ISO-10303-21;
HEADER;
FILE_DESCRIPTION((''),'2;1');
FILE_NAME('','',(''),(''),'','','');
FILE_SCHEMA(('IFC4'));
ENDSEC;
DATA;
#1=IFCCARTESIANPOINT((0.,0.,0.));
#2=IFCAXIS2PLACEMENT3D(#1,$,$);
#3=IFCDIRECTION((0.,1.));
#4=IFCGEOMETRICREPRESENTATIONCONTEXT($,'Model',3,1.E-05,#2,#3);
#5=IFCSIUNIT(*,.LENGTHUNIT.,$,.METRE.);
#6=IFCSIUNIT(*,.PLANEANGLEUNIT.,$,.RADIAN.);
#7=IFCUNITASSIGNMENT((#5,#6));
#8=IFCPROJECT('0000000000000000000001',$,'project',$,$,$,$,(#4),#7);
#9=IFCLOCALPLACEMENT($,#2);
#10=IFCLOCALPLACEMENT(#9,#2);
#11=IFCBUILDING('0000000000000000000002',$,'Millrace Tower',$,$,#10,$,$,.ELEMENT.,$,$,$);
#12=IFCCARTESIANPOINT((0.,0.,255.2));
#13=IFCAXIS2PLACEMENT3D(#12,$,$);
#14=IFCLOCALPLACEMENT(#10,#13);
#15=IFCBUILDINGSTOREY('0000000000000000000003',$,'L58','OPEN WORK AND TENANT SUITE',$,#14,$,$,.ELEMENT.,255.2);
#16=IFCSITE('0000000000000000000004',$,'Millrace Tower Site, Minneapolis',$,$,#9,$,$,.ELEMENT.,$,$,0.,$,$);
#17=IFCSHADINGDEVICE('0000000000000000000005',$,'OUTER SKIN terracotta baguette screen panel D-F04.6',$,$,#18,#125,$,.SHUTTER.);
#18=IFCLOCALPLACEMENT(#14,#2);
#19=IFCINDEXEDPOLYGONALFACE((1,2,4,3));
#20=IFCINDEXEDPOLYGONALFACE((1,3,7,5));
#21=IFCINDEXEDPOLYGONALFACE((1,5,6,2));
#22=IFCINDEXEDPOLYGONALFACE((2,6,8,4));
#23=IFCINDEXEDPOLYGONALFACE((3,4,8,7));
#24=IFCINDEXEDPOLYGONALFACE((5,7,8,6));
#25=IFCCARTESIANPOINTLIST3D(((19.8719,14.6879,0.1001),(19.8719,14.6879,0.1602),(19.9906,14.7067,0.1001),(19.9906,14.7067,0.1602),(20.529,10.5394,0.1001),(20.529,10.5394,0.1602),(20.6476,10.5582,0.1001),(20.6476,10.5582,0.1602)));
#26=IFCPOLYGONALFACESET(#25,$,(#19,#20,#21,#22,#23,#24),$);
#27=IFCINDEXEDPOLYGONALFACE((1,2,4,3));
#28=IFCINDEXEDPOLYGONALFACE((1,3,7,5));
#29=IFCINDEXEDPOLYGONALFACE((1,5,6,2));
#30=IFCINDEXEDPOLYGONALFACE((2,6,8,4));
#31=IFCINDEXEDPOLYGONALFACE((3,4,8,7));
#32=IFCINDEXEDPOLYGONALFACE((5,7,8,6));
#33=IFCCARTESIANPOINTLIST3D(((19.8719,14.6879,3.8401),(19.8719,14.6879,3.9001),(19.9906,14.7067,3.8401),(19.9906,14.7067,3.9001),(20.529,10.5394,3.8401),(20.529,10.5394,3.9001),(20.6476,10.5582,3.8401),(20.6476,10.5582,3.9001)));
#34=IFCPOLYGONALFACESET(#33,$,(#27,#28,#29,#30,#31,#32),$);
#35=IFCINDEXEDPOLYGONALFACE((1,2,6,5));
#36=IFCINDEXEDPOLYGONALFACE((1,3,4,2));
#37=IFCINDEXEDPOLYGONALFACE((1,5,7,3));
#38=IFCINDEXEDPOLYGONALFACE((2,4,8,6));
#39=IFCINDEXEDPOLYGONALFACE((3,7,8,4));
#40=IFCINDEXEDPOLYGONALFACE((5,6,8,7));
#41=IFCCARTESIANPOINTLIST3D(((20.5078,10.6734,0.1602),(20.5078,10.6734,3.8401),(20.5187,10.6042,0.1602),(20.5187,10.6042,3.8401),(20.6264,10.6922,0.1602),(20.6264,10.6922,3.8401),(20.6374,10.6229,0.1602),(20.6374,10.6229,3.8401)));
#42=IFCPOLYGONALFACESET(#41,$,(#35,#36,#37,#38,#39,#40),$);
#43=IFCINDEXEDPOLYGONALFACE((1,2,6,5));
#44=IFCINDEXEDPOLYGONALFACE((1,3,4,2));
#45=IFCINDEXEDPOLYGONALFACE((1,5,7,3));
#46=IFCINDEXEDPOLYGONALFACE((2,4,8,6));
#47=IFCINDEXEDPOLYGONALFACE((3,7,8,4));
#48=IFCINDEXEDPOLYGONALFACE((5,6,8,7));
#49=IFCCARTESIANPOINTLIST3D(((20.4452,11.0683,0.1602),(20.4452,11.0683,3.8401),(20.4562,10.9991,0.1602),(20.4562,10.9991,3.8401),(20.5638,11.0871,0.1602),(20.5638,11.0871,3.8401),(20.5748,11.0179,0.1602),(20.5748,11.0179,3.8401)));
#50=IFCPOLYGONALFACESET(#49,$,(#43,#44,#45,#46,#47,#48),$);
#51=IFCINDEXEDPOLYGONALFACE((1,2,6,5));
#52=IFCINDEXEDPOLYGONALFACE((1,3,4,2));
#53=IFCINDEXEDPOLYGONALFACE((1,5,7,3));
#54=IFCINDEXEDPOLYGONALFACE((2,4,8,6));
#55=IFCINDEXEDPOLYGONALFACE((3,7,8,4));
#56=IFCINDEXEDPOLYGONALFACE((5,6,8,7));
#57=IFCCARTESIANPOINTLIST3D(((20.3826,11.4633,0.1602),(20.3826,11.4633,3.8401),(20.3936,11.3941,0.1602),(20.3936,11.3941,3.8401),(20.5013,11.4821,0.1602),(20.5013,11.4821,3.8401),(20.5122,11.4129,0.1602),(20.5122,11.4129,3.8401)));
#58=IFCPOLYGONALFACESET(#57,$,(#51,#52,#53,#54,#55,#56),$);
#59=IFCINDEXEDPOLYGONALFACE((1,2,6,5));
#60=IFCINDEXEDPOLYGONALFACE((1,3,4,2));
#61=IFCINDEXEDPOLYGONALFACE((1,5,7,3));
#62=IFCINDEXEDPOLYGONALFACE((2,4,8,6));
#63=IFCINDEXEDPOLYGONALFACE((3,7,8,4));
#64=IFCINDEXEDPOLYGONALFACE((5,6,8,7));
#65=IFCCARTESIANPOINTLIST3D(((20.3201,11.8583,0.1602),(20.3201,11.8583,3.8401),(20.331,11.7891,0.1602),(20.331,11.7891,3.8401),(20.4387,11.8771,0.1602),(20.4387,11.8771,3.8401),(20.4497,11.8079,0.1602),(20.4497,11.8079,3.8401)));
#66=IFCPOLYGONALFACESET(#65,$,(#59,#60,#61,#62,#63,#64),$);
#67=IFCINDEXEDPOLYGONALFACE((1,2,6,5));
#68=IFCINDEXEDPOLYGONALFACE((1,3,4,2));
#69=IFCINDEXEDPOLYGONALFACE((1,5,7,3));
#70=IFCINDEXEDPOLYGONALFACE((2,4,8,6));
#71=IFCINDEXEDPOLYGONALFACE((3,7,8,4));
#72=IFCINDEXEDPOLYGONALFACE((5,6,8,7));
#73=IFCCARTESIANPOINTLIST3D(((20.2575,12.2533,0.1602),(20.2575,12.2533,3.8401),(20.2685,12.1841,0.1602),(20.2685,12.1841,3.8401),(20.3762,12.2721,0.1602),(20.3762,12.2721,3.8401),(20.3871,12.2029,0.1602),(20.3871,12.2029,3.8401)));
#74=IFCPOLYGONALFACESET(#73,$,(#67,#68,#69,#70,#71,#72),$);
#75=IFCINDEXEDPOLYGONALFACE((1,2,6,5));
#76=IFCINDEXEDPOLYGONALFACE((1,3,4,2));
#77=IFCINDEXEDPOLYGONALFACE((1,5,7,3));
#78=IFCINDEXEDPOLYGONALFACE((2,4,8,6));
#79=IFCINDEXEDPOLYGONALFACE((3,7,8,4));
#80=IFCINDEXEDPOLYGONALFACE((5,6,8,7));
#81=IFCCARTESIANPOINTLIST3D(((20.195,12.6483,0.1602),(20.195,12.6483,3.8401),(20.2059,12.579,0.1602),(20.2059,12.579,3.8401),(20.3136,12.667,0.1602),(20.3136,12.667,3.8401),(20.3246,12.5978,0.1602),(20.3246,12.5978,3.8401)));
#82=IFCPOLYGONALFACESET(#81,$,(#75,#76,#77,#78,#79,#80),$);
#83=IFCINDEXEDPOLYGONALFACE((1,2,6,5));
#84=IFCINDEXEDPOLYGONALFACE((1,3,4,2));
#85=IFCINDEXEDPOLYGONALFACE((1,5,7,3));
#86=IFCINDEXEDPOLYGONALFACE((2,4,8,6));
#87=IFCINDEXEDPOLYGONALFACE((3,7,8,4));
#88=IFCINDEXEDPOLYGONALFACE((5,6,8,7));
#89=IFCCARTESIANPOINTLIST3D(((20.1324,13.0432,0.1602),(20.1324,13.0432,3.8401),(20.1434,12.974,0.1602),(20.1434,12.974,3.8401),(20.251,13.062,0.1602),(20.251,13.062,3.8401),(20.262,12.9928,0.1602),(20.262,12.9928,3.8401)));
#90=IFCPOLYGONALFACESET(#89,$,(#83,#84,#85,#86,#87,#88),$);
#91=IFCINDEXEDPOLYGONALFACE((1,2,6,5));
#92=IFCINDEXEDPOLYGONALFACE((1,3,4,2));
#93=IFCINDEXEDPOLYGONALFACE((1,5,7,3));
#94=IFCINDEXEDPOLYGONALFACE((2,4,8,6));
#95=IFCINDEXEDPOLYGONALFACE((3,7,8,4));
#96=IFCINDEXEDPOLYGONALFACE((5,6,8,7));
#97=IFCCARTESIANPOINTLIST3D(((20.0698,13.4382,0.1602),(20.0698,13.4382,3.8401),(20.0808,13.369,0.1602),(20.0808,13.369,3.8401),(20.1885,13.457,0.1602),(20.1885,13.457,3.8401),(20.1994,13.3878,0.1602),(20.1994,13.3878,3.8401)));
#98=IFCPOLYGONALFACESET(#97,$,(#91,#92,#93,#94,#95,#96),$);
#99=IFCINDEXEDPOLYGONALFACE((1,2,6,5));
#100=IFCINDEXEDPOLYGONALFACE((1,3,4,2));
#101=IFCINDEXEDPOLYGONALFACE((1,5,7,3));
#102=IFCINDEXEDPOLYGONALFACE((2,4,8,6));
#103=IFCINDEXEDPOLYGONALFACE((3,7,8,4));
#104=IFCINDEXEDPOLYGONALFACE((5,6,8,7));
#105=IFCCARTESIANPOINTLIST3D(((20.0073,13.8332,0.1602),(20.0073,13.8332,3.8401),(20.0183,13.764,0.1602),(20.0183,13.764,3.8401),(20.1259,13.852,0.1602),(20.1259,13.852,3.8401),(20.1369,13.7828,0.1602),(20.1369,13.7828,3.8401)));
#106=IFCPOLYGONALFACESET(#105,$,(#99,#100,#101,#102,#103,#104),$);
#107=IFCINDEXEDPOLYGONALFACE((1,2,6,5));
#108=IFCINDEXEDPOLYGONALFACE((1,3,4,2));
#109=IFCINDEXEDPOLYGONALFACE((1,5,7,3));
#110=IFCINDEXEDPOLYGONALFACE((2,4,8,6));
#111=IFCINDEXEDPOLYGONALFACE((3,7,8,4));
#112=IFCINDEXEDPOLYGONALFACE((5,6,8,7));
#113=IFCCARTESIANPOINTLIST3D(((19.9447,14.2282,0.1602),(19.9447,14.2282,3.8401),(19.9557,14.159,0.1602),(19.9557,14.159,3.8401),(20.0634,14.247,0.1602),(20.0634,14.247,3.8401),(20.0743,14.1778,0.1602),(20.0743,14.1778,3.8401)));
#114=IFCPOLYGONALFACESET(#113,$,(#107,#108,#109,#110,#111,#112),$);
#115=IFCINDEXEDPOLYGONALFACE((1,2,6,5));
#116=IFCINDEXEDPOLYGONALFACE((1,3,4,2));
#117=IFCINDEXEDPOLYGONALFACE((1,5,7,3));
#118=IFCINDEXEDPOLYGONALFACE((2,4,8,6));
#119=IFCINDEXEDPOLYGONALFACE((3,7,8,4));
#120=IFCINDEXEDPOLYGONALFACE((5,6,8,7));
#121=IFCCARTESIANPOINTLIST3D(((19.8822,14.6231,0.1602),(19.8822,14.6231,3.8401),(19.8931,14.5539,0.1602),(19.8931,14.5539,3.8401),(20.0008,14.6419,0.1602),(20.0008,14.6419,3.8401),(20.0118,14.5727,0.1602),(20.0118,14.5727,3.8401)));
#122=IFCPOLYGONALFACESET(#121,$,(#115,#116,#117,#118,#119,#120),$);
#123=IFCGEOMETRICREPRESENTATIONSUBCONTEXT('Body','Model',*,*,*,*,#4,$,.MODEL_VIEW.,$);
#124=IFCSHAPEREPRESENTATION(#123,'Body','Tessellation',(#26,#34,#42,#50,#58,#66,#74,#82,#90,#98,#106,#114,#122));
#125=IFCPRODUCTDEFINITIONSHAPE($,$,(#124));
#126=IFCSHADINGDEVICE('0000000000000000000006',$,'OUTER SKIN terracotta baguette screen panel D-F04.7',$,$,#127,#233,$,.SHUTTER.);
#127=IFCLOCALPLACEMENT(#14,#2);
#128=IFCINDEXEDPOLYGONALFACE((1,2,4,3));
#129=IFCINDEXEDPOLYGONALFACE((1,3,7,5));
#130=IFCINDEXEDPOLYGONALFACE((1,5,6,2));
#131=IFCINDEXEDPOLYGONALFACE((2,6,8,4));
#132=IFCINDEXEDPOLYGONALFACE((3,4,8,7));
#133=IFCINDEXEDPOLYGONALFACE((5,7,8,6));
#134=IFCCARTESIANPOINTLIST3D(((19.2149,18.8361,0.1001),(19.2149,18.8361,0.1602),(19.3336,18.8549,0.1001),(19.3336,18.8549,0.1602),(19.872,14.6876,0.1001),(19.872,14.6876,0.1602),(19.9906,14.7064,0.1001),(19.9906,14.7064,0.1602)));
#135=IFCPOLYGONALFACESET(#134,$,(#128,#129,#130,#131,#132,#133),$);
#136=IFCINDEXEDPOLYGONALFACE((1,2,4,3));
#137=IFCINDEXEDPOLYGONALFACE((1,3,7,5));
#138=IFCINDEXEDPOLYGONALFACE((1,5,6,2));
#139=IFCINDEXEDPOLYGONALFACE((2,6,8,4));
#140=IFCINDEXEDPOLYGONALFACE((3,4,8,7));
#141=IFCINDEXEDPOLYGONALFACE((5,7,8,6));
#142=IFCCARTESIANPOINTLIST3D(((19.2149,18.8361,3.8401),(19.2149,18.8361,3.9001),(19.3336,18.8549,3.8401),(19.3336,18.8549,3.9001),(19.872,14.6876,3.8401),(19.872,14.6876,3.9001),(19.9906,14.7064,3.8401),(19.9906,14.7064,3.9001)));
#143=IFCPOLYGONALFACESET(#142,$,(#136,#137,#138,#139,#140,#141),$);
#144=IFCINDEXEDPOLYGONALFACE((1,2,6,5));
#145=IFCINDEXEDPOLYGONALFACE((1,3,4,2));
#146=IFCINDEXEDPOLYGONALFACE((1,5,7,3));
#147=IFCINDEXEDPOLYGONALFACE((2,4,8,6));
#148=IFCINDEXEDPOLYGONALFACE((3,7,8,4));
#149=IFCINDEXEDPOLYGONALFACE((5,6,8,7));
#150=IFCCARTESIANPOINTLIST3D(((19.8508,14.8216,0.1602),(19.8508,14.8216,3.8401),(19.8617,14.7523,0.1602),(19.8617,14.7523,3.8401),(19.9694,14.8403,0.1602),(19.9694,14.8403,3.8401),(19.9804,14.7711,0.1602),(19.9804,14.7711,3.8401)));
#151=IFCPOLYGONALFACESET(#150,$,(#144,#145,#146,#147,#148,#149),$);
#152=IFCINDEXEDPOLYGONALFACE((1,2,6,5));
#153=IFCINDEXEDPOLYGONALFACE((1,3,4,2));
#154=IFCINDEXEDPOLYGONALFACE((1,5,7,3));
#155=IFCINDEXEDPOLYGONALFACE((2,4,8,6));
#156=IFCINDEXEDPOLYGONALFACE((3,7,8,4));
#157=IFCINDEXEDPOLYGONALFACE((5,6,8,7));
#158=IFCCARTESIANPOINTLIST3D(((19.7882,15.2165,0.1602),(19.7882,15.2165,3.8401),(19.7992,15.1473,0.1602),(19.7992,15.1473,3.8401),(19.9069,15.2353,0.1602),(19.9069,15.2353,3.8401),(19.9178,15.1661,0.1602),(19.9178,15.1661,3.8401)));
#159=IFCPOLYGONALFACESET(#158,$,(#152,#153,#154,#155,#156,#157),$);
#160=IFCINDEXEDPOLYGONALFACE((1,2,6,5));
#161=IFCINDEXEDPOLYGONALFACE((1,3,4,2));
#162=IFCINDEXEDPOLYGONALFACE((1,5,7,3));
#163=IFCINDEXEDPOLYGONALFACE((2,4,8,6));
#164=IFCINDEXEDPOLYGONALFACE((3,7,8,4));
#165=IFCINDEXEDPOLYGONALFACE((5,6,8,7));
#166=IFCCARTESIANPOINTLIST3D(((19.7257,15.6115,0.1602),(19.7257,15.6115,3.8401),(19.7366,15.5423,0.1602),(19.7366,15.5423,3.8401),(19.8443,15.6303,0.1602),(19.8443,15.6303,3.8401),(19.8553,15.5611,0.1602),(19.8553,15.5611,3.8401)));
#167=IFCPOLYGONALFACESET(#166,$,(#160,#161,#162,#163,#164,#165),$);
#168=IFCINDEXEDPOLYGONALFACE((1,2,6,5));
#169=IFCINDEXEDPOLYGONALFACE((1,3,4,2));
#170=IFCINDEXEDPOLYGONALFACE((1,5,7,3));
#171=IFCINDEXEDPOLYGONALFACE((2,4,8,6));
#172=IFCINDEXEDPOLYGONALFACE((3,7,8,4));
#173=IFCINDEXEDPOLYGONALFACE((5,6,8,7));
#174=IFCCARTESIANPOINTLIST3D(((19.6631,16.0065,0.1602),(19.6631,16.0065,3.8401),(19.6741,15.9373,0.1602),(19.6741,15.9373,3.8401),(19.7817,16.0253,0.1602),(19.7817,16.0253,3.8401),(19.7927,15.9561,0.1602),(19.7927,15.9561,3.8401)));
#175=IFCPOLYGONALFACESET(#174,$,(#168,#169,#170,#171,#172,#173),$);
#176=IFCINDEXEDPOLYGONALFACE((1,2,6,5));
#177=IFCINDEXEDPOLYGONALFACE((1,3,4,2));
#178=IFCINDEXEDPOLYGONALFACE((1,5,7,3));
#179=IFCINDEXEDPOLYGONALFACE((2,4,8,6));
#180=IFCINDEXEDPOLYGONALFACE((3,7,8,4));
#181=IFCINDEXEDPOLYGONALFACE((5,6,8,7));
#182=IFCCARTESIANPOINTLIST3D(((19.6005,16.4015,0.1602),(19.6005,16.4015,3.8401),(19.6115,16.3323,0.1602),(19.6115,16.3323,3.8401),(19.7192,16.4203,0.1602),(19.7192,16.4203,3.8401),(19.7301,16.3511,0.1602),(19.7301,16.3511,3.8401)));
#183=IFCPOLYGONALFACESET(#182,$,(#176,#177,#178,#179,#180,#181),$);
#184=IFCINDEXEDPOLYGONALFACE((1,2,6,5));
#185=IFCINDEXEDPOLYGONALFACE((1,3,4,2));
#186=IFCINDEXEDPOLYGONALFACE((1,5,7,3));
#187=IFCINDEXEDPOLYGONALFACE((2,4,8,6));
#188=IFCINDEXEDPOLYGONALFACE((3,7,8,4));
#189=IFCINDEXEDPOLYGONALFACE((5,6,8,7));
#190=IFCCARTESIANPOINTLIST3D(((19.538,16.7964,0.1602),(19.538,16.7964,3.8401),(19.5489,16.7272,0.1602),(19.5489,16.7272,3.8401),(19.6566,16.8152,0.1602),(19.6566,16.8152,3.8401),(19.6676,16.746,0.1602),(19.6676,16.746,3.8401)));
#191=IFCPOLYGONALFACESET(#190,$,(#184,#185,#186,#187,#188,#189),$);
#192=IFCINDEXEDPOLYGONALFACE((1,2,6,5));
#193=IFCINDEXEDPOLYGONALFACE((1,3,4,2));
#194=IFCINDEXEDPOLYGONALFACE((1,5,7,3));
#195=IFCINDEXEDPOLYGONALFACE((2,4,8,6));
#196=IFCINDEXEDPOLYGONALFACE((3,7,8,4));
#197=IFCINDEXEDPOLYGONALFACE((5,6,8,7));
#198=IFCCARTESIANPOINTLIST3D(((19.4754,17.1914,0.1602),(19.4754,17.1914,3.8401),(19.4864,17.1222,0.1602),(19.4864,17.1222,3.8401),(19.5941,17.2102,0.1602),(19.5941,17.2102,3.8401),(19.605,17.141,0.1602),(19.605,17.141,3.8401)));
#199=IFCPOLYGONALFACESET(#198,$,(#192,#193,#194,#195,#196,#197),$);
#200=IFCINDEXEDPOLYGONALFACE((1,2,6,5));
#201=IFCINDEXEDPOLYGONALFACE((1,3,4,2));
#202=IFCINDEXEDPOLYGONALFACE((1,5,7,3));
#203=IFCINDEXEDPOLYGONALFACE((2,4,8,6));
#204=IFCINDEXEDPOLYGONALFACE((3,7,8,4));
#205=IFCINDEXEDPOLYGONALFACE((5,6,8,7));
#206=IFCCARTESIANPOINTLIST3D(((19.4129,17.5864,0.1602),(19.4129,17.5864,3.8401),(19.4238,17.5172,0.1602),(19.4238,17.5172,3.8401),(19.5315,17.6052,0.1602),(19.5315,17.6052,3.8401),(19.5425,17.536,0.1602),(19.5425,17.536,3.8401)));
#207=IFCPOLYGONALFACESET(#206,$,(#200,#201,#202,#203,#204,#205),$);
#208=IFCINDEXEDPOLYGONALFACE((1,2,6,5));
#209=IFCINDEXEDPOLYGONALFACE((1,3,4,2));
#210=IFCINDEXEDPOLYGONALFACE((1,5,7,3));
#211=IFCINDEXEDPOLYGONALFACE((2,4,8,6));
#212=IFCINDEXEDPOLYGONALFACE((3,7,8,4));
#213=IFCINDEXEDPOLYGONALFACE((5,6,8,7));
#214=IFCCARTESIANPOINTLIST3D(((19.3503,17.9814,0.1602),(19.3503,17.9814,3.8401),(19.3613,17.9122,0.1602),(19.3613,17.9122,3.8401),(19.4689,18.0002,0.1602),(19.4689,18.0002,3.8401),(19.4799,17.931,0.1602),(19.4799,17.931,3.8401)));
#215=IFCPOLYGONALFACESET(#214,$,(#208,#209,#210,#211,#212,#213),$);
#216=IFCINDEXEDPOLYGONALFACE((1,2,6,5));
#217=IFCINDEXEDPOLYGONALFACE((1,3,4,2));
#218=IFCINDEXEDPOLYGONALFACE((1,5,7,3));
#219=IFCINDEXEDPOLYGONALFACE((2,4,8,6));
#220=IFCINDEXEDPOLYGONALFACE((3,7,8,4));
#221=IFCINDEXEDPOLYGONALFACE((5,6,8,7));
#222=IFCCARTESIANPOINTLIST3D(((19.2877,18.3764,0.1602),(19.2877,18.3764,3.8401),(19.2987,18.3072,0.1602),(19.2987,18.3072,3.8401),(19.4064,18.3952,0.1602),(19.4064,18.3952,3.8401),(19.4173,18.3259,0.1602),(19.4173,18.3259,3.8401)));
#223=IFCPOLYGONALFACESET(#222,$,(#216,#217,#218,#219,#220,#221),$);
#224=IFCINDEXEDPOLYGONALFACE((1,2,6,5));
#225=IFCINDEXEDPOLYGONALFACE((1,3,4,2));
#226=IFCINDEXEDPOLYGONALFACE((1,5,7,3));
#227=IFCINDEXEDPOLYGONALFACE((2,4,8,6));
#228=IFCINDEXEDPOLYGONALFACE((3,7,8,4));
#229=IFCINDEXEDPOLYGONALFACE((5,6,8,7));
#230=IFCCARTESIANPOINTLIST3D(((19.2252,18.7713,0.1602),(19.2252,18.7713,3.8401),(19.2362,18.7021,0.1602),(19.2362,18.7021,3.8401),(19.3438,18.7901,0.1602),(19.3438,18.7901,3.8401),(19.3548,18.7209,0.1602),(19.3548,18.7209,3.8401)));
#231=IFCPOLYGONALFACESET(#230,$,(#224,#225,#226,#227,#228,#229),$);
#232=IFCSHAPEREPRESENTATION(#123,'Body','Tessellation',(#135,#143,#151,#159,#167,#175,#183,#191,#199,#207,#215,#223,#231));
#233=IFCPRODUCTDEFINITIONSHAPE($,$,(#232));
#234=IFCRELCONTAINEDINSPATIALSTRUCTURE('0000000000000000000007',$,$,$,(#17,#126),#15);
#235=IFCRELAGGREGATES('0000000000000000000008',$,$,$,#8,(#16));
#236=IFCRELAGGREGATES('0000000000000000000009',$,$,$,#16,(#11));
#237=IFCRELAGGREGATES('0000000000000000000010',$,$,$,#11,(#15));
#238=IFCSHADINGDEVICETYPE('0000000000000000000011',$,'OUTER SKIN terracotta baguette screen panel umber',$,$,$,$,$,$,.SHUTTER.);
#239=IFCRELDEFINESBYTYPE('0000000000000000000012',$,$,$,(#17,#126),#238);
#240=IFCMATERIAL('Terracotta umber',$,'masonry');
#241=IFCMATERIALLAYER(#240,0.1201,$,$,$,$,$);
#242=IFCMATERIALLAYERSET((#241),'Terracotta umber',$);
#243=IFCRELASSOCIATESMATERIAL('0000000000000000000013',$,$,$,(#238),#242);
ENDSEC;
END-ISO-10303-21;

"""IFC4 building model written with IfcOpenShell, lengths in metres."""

from ifc_helpers import new_model, entity, si_unit, direction, frame, frame_2d, origin, origin_2d, place, context, subcontext, project, spatial, rectangle, extrude, source, transform, mapped, material, layer, layer_set, type_object, element, save


model = new_model("IFC4")

# Units and contexts
model_context = context("Model", 3, precision=1e-05, world=origin(), true_north=direction((0.0, 1.0)))
body_context = subcontext(model_context, "Body", "Model", "MODEL_VIEW")
ifc_project = project(units=[si_unit("LENGTHUNIT", "METRE"), si_unit("PLANEANGLEUNIT", "RADIAN")], contexts=[model_context])

# Site, building, storey
site_placement = place(None, origin())
site = spatial("IfcSite", under=ifc_project, at=site_placement, Name="Millrace Tower Site, Minneapolis", CompositionType="ELEMENT", RefElevation=0.0)
building_placement = place(site_placement, origin())
building = spatial("IfcBuilding", under=site, at=building_placement, Name="Millrace Tower", CompositionType="ELEMENT")
storey_placement = place(building_placement, frame((0.0, 0.0, 255.2)))
storey = spatial("IfcBuildingStorey", under=building, at=storey_placement, Name="L58", Description="OPEN WORK AND TENANT SUITE", CompositionType="ELEMENT", Elevation=255.2)

# Shading devices
ifc_material_1 = material(Name="Terracotta umber", Category="masonry")
ifc_layer_1 = layer(ifc_material_1, 0.1201)
ifc_layer_set_1 = layer_set([ifc_layer_1], Name="Terracotta umber")
shading_device_type = type_object("IfcShadingDeviceType", Name="OUTER SKIN terracotta baguette screen panel umber", PredefinedType="SHUTTER", material=ifc_layer_set_1)
cartesian_point_1 = entity("IfcCartesianPoint", [-2.1001, 0.0601])
shared_polyline_1 = entity("IfcPolyline", [cartesian_point_1, entity("IfcCartesianPoint", [2.1001, 0.0601]), entity("IfcCartesianPoint", [2.1001, -0.0601]), entity("IfcCartesianPoint", [-2.1001, -0.0601]), cartesian_point_1])
shared_shape_1 = source(origin(), body_context, "Body", "SweptSolid", [
    entity("IfcExtrudedAreaSolid", entity("IfcArbitraryClosedProfileDef", "AREA", None, shared_polyline_1), entity("IfcAxis2Placement3D", entity("IfcCartesianPoint", [0.0, 0.0, 0.0])), entity("IfcDirection", [0.0, 0.0, 1.0]), 0.0601),
    entity("IfcExtrudedAreaSolid", entity("IfcArbitraryClosedProfileDef", "AREA", None, shared_polyline_1), entity("IfcAxis2Placement3D", entity("IfcCartesianPoint", [0.0, 0.0, 3.74])), entity("IfcDirection", [0.0, 0.0, 1.0]), 0.0601),
    extrude(rectangle(XDim=0.0701, YDim=0.1201, at=frame_2d((-1.9995, 0.0))), frame((0.0, 0.0, 0.0601)), (0.0, 0.0, 1.0), 3.6799),
    extrude(rectangle(XDim=0.0701, YDim=0.1201, at=frame_2d((-1.5996, 0.0))), frame((0.0, 0.0, 0.0601)), (0.0, 0.0, 1.0), 3.6799),
    extrude(rectangle(XDim=0.0701, YDim=0.1201, at=frame_2d((-1.1997, 0.0))), frame((0.0, 0.0, 0.0601)), (0.0, 0.0, 1.0), 3.6799),
    extrude(rectangle(XDim=0.0701, YDim=0.1201, at=frame_2d((-0.7998, 0.0))), frame((0.0, 0.0, 0.0601)), (0.0, 0.0, 1.0), 3.6799),
    extrude(rectangle(XDim=0.0701, YDim=0.1201, at=frame_2d((-0.3999, 0.0))), frame((0.0, 0.0, 0.0601)), (0.0, 0.0, 1.0), 3.6799),
    extrude(rectangle(XDim=0.0701, YDim=0.1201, at=origin_2d()), frame((0.0, 0.0, 0.0601)), (0.0, 0.0, 1.0), 3.6799),
    extrude(rectangle(XDim=0.0701, YDim=0.1201, at=frame_2d((0.3999, 0.0))), frame((0.0, 0.0, 0.0601)), (0.0, 0.0, 1.0), 3.6799),
    extrude(rectangle(XDim=0.0701, YDim=0.1201, at=frame_2d((0.7998, 0.0))), frame((0.0, 0.0, 0.0601)), (0.0, 0.0, 1.0), 3.6799),
    extrude(rectangle(XDim=0.0701, YDim=0.1201, at=frame_2d((1.1997, 0.0))), frame((0.0, 0.0, 0.0601)), (0.0, 0.0, 1.0), 3.6799),
    extrude(rectangle(XDim=0.0701, YDim=0.1201, at=frame_2d((1.5996, 0.0))), frame((0.0, 0.0, 0.0601)), (0.0, 0.0, 1.0), 3.6799),
    extrude(rectangle(XDim=0.0701, YDim=0.1201, at=frame_2d((1.9995, 0.0))), frame((0.0, 0.0, 0.0601)), (0.0, 0.0, 1.0), 3.6799),
])
for number, where, z_axis, x_axis, name in (
    (1, (20.2598, 12.623, 0.1001), (0.0, 0.0, 1.0), (-0.156434, 0.987688, 0.0), "OUTER SKIN terracotta baguette screen panel D-F04.6"),
    (2, (19.6028, 16.7712, 0.1001), (0.0, 0.0, 1.0), (-0.156434, 0.987688, 0.0), "OUTER SKIN terracotta baguette screen panel D-F04.7"),
):
    element("IfcShadingDevice", number, at=place(storey_placement, frame(where, z_axis=z_axis, x_axis=x_axis)), inside=storey, type_object=shading_device_type, Name=name, PredefinedType="SHUTTER", context=body_context, shape_type="MappedRepresentation", body=[
        mapped(shared_shape_1, transform((0.0, 0.0, 0.0), scale=1.0)),
    ])

save(model, "model.ifc")
